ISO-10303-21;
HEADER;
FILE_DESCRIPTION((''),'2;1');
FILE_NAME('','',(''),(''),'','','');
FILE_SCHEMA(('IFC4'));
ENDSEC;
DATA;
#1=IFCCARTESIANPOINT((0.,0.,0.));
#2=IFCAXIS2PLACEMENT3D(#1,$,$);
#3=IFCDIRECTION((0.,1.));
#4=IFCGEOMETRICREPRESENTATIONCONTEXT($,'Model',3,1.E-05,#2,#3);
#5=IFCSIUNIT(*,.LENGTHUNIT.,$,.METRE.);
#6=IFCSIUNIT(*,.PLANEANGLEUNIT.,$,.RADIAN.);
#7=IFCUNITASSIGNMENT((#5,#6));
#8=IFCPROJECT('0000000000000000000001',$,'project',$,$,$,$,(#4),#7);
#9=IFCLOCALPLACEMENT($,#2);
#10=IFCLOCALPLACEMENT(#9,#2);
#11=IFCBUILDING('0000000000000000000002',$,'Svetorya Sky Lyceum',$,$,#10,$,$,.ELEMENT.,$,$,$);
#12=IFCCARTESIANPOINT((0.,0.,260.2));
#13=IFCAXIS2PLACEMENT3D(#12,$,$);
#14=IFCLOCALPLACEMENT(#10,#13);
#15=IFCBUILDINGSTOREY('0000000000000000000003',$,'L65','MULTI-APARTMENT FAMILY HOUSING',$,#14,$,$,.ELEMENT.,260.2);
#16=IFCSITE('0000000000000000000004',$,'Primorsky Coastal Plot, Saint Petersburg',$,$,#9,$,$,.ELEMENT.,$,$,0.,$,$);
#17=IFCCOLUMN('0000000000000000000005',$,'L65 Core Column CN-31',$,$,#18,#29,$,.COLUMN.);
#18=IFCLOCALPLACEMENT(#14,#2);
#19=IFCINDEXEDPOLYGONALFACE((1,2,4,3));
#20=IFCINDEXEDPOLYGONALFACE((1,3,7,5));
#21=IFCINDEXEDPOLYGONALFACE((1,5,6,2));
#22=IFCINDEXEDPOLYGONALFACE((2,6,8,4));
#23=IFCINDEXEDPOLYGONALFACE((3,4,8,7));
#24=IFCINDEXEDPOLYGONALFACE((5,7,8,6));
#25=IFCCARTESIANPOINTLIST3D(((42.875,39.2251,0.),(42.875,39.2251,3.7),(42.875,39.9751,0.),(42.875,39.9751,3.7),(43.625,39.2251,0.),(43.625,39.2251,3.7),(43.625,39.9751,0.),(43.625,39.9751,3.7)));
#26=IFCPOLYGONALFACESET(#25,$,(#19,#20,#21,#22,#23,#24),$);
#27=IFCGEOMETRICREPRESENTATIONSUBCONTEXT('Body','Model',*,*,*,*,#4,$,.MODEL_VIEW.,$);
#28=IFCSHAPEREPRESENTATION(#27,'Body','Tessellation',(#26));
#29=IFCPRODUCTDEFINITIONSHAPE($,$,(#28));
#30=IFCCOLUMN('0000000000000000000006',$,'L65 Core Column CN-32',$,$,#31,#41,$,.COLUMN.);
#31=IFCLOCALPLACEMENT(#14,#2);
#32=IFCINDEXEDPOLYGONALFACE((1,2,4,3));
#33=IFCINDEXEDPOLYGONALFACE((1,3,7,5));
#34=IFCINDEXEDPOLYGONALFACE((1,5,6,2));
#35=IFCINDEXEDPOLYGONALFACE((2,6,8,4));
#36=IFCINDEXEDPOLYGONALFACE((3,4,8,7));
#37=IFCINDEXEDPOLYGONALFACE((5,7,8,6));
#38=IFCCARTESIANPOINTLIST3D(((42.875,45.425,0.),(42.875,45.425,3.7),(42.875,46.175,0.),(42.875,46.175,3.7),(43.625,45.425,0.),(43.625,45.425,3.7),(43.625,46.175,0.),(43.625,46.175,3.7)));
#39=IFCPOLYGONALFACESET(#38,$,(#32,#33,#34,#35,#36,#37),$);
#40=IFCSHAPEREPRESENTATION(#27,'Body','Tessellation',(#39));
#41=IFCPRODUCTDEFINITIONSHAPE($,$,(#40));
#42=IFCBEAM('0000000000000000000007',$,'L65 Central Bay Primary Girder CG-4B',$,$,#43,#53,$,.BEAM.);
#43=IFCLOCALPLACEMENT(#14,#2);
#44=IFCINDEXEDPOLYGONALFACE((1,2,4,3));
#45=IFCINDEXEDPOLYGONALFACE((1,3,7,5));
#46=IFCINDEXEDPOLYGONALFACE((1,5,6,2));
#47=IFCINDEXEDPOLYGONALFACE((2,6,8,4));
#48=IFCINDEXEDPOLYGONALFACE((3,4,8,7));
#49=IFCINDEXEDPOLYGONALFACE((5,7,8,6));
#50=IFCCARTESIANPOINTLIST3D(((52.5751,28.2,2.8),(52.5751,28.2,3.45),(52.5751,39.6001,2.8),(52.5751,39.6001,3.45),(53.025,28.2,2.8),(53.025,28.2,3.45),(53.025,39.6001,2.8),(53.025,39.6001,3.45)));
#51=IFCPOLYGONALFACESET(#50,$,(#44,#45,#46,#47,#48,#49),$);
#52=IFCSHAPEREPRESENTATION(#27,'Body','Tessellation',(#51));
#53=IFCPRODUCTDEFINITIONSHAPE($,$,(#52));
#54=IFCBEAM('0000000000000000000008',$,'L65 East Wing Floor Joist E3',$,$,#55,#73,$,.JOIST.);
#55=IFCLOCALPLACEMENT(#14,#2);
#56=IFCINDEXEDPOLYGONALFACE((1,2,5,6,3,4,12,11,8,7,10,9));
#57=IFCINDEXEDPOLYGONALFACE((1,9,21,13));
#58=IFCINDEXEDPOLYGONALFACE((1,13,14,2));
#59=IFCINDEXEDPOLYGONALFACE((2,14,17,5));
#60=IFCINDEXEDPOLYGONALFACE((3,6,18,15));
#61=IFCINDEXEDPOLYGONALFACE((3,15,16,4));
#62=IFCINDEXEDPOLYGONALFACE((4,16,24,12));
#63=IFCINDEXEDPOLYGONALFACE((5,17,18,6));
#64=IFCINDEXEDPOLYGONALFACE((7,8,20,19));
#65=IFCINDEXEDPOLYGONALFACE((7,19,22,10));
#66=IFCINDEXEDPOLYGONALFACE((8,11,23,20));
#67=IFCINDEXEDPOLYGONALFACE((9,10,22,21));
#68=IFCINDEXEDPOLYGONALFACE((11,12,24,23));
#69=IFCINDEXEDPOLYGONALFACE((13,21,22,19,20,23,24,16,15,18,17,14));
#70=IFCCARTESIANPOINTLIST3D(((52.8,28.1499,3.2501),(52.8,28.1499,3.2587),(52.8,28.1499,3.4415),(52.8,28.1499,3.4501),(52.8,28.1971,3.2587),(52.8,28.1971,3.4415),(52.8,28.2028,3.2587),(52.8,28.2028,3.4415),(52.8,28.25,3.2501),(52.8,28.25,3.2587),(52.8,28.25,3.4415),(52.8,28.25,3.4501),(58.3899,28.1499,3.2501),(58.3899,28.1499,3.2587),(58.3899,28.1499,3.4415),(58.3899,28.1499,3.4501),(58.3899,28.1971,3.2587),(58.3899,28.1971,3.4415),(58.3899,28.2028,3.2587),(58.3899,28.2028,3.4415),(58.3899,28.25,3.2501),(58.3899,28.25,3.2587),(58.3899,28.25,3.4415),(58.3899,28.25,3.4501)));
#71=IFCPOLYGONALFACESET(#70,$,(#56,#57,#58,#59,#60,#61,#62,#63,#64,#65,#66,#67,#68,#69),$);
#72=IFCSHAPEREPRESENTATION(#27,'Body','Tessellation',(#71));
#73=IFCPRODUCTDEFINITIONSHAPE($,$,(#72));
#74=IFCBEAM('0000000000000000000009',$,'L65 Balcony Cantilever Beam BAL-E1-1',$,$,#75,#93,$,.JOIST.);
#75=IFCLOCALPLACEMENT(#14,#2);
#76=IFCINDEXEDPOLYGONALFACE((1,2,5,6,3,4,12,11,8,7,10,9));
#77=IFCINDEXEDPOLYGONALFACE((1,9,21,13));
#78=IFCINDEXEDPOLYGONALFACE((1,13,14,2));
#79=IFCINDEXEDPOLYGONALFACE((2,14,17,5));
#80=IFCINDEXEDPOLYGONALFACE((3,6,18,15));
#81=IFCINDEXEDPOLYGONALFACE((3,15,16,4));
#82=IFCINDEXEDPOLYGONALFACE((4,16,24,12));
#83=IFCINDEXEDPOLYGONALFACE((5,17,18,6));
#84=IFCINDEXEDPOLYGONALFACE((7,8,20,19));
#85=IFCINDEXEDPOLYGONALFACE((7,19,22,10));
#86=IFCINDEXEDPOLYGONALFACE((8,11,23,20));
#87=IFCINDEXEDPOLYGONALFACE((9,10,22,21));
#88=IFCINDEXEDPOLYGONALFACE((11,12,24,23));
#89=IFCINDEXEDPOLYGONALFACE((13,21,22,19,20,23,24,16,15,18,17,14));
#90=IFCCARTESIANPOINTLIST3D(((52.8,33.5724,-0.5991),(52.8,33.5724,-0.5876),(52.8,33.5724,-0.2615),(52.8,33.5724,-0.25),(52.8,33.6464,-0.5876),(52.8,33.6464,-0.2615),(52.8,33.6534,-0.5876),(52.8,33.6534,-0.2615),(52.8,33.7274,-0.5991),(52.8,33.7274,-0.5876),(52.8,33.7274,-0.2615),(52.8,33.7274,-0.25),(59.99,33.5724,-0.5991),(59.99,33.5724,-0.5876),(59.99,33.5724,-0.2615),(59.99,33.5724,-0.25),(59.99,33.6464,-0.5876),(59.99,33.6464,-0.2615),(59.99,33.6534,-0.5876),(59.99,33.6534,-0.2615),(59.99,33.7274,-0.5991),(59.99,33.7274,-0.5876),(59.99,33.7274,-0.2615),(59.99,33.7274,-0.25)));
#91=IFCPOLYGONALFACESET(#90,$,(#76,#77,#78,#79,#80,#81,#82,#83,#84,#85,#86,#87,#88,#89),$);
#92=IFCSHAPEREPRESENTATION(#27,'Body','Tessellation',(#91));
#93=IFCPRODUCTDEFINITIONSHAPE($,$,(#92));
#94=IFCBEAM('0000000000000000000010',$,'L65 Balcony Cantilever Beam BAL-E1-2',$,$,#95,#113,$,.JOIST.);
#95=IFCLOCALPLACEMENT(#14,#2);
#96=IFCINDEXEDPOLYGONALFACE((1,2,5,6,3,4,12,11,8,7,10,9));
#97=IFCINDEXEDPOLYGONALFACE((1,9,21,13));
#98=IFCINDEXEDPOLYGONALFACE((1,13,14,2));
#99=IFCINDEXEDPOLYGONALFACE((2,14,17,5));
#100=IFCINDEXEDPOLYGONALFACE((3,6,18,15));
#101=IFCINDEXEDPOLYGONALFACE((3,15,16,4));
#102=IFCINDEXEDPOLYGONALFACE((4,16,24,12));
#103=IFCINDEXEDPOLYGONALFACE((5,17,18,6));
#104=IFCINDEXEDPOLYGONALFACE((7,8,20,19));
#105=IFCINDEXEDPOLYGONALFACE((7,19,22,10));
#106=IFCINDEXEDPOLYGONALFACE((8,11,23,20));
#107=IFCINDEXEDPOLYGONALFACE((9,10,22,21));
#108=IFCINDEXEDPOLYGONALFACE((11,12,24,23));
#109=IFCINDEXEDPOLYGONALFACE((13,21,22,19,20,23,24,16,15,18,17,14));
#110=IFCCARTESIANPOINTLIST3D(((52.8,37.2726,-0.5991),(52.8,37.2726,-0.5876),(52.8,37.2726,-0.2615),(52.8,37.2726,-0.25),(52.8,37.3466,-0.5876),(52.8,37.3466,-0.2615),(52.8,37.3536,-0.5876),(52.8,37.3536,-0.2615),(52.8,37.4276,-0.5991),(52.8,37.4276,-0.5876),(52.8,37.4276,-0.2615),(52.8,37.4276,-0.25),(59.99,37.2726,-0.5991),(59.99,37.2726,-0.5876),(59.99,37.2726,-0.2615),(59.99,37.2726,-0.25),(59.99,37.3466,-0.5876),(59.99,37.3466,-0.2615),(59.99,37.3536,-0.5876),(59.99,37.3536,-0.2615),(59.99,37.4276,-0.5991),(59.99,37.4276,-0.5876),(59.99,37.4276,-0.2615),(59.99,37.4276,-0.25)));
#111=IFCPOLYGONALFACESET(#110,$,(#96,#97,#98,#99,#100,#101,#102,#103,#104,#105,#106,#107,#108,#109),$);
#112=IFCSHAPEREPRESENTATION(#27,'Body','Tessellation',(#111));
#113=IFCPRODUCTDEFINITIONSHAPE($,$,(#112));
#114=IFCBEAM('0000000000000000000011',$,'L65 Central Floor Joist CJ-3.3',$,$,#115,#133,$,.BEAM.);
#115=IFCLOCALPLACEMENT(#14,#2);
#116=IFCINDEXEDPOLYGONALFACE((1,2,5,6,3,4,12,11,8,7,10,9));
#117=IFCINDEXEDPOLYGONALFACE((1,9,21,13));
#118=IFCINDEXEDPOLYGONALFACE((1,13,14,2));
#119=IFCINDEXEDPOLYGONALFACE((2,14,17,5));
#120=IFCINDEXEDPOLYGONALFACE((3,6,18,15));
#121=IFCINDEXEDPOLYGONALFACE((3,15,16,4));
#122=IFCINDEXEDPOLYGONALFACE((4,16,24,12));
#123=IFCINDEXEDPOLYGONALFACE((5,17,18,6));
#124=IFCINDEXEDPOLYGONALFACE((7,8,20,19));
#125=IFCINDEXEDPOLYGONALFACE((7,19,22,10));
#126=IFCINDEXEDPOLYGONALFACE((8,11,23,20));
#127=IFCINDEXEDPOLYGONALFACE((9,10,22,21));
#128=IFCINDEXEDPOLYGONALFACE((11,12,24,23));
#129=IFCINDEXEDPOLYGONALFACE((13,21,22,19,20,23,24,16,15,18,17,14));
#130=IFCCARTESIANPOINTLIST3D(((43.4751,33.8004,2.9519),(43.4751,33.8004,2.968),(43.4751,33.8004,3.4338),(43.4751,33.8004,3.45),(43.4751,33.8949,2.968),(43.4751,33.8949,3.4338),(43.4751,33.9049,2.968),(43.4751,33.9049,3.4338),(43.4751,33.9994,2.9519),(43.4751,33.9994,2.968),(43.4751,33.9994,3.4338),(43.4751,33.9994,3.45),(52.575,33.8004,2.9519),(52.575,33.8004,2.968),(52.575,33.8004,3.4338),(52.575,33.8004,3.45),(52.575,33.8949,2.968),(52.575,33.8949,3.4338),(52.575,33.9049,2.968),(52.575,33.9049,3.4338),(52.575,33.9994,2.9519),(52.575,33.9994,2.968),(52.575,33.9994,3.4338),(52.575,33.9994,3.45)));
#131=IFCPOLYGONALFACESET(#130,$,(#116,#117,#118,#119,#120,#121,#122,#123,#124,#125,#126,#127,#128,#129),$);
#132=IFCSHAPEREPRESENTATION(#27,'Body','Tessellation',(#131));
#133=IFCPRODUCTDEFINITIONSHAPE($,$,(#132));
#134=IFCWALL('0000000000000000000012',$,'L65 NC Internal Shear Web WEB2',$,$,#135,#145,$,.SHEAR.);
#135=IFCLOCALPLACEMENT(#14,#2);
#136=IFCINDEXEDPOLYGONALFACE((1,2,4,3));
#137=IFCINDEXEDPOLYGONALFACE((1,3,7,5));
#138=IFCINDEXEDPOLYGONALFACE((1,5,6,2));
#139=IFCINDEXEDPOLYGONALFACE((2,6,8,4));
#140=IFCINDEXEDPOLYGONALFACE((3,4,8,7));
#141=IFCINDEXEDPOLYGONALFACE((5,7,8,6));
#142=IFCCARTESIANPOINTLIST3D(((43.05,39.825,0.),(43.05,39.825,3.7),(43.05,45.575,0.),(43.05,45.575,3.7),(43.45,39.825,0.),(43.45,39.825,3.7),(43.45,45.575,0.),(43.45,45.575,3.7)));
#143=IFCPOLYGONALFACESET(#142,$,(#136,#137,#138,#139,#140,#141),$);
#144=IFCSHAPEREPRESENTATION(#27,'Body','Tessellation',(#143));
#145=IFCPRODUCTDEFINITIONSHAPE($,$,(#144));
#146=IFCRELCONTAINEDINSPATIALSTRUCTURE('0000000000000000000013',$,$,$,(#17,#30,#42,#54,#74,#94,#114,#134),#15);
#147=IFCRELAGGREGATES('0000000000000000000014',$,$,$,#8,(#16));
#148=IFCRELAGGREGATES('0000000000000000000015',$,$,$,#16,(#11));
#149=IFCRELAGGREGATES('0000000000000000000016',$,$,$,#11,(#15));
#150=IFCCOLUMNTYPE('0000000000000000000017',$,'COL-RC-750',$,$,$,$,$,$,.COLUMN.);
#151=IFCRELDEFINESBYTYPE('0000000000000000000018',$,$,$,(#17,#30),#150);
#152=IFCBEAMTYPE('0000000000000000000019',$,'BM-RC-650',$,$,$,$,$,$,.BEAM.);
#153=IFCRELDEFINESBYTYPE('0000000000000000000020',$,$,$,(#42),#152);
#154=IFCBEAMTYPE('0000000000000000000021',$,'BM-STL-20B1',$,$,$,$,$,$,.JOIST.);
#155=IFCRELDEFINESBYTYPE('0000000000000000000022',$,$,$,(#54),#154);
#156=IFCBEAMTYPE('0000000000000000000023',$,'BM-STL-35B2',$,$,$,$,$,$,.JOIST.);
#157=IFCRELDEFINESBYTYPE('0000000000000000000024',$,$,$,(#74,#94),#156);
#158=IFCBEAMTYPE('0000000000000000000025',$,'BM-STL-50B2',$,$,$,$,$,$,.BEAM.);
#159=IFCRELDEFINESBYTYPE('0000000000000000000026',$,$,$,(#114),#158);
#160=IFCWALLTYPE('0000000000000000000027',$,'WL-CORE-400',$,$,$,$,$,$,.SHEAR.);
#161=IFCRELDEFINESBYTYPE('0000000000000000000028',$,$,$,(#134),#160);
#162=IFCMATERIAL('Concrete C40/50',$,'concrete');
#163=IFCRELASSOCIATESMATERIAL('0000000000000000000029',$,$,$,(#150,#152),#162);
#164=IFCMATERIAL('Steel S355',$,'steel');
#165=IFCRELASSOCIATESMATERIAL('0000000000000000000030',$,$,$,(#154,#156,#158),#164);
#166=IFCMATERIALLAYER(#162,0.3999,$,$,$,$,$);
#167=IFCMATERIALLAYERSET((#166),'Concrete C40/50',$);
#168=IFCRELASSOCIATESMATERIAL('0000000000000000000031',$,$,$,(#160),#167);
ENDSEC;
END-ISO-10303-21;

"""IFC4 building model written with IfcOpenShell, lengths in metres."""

from ifc_helpers import new_model, si_unit, direction, frame, frame_2d, origin, origin_2d, place, context, subcontext, project, spatial, rectangle, i_section, extrude, material, layer, layer_set, material_profile, profile_set, type_object, element, save


model = new_model("IFC4")

# Units and contexts
model_context = context("Model", 3, precision=1e-05, world=origin(), true_north=direction((0.0, 1.0)))
body_context = subcontext(model_context, "Body", "Model", "MODEL_VIEW")
ifc_project = project(units=[si_unit("LENGTHUNIT", "METRE"), si_unit("PLANEANGLEUNIT", "RADIAN")], contexts=[model_context])

# Site, building, storey
site_placement = place(None, origin())
site = spatial("IfcSite", under=ifc_project, at=site_placement, Name="Primorsky Coastal Plot, Saint Petersburg", CompositionType="ELEMENT", RefElevation=0.0)
building_placement = place(site_placement, origin())
building = spatial("IfcBuilding", under=site, at=building_placement, Name="Svetorya Sky Lyceum", CompositionType="ELEMENT")
storey_placement = place(building_placement, frame((0.0, 0.0, 260.2)))
storey = spatial("IfcBuildingStorey", under=building, at=storey_placement, Name="L65", Description="MULTI-APARTMENT FAMILY HOUSING", CompositionType="ELEMENT", Elevation=260.2)

# Columns
ifc_material_1 = material(Name="Concrete C40/50", Category="concrete")
ifc_material_profile_1 = material_profile(ifc_material_1, rectangle(XDim=0.75, YDim=0.75, at=origin_2d()), Name="RC COL 750x750")
ifc_profile_set_1 = profile_set([ifc_material_profile_1], Name="Concrete C40/50")
column_type = type_object("IfcColumnType", Name="COL-RC-750", PredefinedType="COLUMN", material=ifc_profile_set_1)
for number, where, z_axis, x_axis, name in (
    (1, (43.25, 39.6001, 0.0), (0.0, 0.0, 1.0), (1.0, 0.0, 0.0), "L65 Core Column CN-31"),
    (2, (43.25, 45.8, 0.0), (0.0, 0.0, 1.0), (1.0, 0.0, 0.0), "L65 Core Column CN-32"),
):
    element("IfcColumn", number, at=place(storey_placement, frame(where, z_axis=z_axis, x_axis=x_axis)), inside=storey, type_object=column_type, Name=name, PredefinedType="COLUMN", context=body_context, shape_type="SweptSolid", body=[
        extrude(rectangle(XDim=0.75, YDim=0.75, at=origin_2d()), origin(), (0.0, 0.0, 1.0), 3.7),
    ])

# Beams
ifc_material_profile_2 = material_profile(ifc_material_1, rectangle(XDim=0.45, YDim=0.6499, at=origin_2d()), Name="RC BEAM 450x650")
ifc_profile_set_2 = profile_set([ifc_material_profile_2], Name="Concrete C40/50")
beam_type_1 = type_object("IfcBeamType", Name="BM-RC-650", PredefinedType="BEAM", material=ifc_profile_set_2)
beam_1_placement = place(storey_placement, frame((52.8, 28.2, 3.125), z_axis=(0.0, 1.0, 0.0), x_axis=(-1.0, 0.0, 0.0)))
element("IfcBeam", 3, at=beam_1_placement, inside=storey, type_object=beam_type_1, Name="L65 Central Bay Primary Girder CG-4B", PredefinedType="BEAM", context=body_context, shape_type="SweptSolid", body=[
    extrude(rectangle(XDim=0.45, YDim=0.6499, at=origin_2d()), origin(), (0.0, 0.0, 1.0), 11.4001),
])
ifc_material_2 = material(Name="Steel S355", Category="steel")
ifc_material_profile_3 = material_profile(ifc_material_2, i_section(OverallWidth=0.1001, OverallDepth=0.2, WebThickness=0.0056, FlangeThickness=0.0085, at=origin_2d()), Name="GOST 20B1")
ifc_profile_set_3 = profile_set([ifc_material_profile_3], Name="Steel S355")
beam_type_2 = type_object("IfcBeamType", Name="BM-STL-20B1", PredefinedType="JOIST", material=ifc_profile_set_3)
beam_2_placement = place(storey_placement, frame((52.8, 28.2, 3.3501), z_axis=(1.0, 0.0, 0.0), x_axis=(0.0, 1.0, 0.0)))
element("IfcBeam", 4, at=beam_2_placement, inside=storey, type_object=beam_type_2, Name="L65 East Wing Floor Joist E3", PredefinedType="JOIST", context=body_context, shape_type="SweptSolid", body=[
    extrude(i_section(OverallWidth=0.1001, OverallDepth=0.2, WebThickness=0.0056, FlangeThickness=0.0085, at=origin_2d()), origin(), (0.0, 0.0, 1.0), 5.5898),
])
ifc_material_profile_4 = material_profile(ifc_material_2, i_section(OverallWidth=0.155, OverallDepth=0.3491, WebThickness=0.0071, FlangeThickness=0.0115, at=origin_2d()), Name="GOST 35B2")
ifc_profile_set_4 = profile_set([ifc_material_profile_4], Name="Steel S355")
beam_type_3 = type_object("IfcBeamType", Name="BM-STL-35B2", PredefinedType="JOIST", material=ifc_profile_set_4)
for number, where, z_axis, x_axis, name in (
    (5, (52.8, 33.6499, -0.4246), (1.0, 0.0, 0.0), (0.0, 1.0, 0.0), "L65 Balcony Cantilever Beam BAL-E1-1"),
    (6, (52.8, 37.3501, -0.4246), (1.0, 0.0, 0.0), (0.0, 1.0, 0.0), "L65 Balcony Cantilever Beam BAL-E1-2"),
):
    element("IfcBeam", number, at=place(storey_placement, frame(where, z_axis=z_axis, x_axis=x_axis)), inside=storey, type_object=beam_type_3, Name=name, PredefinedType="JOIST", context=body_context, shape_type="SweptSolid", body=[
        extrude(i_section(OverallWidth=0.155, OverallDepth=0.3491, WebThickness=0.0071, FlangeThickness=0.0115, at=origin_2d()), origin(), (0.0, 0.0, 1.0), 7.1899),
    ])
ifc_material_profile_5 = material_profile(ifc_material_2, i_section(OverallWidth=0.199, OverallDepth=0.498, WebThickness=0.01, FlangeThickness=0.0161, at=origin_2d()), Name="GOST 50B2")
ifc_profile_set_5 = profile_set([ifc_material_profile_5], Name="Steel S355")
beam_type_4 = type_object("IfcBeamType", Name="BM-STL-50B2", PredefinedType="BEAM", material=ifc_profile_set_5)
beam_3_placement = place(storey_placement, frame((43.4751, 33.8999, 3.2009), z_axis=(1.0, 0.0, 0.0), x_axis=(0.0, 1.0, 0.0)))
element("IfcBeam", 7, at=beam_3_placement, inside=storey, type_object=beam_type_4, Name="L65 Central Floor Joist CJ-3.3", PredefinedType="BEAM", context=body_context, shape_type="SweptSolid", body=[
    extrude(i_section(OverallWidth=0.199, OverallDepth=0.498, WebThickness=0.01, FlangeThickness=0.0161, at=origin_2d()), origin(), (0.0, 0.0, 1.0), 9.0999),
])

# Wall
ifc_layer_1 = layer(ifc_material_1, 0.3999)
ifc_layer_set_1 = layer_set([ifc_layer_1], Name="Concrete C40/50")
wall_type_1 = type_object("IfcWallType", Name="WL-CORE-400", PredefinedType="SHEAR", material=ifc_layer_set_1)
wall_1_placement = place(storey_placement, frame((43.25, 39.825, 0.0), z_axis=(0.0, 0.0, 1.0), x_axis=(0.0, 1.0, 0.0)))
element("IfcWall", 8, at=wall_1_placement, inside=storey, type_object=wall_type_1, Name="L65 NC Internal Shear Web WEB2", PredefinedType="SHEAR", context=body_context, shape_type="SweptSolid", body=[
    extrude(rectangle(XDim=5.75, YDim=0.3999, at=frame_2d((2.875, 0.0))), origin(), (0.0, 0.0, 1.0), 3.7),
])

save(model, "model.ifc")
